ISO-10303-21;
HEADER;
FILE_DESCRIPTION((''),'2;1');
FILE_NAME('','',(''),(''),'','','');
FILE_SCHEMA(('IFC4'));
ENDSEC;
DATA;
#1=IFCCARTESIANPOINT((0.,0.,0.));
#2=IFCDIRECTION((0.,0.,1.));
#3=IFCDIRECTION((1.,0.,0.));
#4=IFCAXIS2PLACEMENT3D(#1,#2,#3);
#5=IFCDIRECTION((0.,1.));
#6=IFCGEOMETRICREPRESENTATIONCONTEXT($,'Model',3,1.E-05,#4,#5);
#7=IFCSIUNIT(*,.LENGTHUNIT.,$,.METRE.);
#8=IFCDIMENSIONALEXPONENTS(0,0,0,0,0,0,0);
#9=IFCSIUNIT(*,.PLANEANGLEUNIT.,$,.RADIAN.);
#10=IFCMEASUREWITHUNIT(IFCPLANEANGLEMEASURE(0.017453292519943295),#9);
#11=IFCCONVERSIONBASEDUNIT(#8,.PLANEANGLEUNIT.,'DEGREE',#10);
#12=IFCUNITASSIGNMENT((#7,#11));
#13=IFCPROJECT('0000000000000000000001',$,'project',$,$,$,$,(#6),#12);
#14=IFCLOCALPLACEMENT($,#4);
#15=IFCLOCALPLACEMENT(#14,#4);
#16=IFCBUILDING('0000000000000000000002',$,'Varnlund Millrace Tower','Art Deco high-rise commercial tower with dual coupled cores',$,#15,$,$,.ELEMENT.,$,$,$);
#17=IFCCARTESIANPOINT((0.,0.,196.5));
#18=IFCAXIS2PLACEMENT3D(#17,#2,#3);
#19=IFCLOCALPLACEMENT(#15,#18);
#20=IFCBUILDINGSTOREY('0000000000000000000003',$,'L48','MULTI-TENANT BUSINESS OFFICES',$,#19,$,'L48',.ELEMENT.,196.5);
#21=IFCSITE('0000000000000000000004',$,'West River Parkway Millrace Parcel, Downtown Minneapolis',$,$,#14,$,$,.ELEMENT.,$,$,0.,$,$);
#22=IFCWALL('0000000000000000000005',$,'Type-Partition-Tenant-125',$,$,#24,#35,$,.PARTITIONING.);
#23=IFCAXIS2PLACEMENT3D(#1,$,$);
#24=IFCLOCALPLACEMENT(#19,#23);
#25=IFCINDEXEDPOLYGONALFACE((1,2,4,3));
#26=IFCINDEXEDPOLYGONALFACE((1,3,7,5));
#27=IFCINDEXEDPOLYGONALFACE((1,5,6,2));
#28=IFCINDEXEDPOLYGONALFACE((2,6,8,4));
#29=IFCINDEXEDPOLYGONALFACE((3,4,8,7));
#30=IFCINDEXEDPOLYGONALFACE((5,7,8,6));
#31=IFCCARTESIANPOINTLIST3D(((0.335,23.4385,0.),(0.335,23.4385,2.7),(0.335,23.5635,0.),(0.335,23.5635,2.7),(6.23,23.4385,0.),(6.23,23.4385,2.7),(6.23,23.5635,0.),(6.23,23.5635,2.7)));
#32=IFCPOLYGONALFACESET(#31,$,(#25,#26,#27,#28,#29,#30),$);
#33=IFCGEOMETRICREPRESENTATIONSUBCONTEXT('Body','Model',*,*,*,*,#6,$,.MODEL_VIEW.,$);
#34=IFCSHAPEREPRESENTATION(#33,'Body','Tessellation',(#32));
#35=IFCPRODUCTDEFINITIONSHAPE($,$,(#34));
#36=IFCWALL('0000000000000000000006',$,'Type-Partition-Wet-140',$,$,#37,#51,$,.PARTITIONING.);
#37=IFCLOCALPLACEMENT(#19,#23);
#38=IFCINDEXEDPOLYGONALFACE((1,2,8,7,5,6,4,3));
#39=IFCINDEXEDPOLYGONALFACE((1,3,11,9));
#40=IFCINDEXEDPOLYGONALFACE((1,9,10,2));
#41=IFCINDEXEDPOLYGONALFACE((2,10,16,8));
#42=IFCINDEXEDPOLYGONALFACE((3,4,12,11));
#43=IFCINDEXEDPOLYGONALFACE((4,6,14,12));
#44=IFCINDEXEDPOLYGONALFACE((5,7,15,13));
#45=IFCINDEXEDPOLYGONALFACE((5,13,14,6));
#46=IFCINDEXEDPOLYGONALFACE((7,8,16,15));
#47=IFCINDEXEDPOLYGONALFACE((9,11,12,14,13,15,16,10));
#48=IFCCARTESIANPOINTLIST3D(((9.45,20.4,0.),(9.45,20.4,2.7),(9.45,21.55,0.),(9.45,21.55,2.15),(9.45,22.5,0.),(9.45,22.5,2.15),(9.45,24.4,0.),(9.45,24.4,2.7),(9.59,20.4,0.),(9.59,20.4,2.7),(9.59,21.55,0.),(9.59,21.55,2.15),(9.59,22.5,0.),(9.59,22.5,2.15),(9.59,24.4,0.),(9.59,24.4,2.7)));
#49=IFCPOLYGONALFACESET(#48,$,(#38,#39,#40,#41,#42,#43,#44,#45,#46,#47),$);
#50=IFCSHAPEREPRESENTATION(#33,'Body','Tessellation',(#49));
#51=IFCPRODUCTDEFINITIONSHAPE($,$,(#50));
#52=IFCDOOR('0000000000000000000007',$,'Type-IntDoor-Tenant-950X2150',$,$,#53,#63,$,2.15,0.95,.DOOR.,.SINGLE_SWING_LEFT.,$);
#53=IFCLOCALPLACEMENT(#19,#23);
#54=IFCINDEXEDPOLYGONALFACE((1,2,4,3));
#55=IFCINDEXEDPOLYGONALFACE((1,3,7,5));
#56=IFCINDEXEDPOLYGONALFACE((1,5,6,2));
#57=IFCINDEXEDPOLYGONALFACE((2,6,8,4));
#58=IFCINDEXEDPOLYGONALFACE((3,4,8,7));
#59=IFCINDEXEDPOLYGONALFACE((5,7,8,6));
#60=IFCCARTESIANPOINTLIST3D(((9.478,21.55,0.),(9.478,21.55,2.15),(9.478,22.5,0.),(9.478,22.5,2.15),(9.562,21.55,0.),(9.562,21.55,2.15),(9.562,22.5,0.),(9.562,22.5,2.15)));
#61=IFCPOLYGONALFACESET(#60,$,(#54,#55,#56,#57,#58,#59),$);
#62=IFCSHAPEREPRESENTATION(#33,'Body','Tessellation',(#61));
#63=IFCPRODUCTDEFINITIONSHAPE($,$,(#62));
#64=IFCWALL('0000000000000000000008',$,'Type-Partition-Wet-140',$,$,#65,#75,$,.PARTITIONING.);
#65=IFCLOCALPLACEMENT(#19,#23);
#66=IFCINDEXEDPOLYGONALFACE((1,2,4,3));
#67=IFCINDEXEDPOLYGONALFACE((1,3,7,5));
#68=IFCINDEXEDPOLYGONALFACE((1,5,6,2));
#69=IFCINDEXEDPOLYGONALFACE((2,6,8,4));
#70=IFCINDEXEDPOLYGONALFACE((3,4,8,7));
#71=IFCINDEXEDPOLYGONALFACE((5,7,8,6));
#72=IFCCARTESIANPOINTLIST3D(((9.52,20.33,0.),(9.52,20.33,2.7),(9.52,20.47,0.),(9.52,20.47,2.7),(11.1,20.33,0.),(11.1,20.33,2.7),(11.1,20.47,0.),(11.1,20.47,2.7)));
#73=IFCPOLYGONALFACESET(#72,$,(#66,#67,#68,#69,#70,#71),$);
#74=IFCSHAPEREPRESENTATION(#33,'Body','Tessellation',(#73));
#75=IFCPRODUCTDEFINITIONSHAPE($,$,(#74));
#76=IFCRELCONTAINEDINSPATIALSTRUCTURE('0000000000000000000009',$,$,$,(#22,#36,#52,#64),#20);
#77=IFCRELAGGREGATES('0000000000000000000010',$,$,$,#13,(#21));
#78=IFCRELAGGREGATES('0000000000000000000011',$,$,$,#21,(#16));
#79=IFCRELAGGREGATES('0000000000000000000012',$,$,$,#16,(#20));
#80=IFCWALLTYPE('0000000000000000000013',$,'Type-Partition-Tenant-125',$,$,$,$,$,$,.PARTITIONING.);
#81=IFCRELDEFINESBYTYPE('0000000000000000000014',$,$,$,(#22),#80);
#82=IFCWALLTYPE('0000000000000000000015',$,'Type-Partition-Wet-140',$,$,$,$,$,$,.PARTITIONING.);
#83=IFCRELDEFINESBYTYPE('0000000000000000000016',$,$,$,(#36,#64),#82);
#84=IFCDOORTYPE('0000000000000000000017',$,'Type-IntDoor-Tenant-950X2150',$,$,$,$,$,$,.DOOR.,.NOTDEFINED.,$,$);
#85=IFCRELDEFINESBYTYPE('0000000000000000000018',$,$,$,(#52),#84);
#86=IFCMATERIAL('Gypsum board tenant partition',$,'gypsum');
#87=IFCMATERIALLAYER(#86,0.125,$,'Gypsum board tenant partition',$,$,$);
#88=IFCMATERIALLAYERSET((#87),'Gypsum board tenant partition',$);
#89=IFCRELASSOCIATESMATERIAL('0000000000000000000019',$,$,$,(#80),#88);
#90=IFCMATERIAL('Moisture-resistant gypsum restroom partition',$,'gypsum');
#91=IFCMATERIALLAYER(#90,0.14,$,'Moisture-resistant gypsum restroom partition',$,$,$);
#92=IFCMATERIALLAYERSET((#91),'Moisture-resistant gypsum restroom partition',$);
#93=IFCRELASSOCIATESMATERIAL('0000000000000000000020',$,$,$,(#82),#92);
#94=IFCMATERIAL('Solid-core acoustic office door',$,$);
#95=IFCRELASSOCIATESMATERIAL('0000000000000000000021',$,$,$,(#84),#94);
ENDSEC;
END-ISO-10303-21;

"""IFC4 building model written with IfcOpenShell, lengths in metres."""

from ifc_helpers import new_model, entity, si_unit, converted_unit, direction, frame, origin_with_axes, origin_2d_with_axis, place, context, subcontext, project, spatial, polyline, rectangle, outline, extrude, material, layer, layer_set, type_object, element, fill, save


model = new_model("IFC4")

# Units and contexts
model_context = context("Model", 3, precision=1e-05, world=origin_with_axes(), true_north=direction((0.0, 1.0)))
body_context = subcontext(model_context, "Body", "Model", "MODEL_VIEW")
ifc_project = project(units=[si_unit("LENGTHUNIT", "METRE"), converted_unit("PLANEANGLEUNIT", "DEGREE", entity("IfcPlaneAngleMeasure", 0.017453292519943295), si_unit("PLANEANGLEUNIT", "RADIAN"), dimensions=[0, 0, 0, 0, 0, 0, 0])], contexts=[model_context])

# Site, building, storey
site_placement = place(None, origin_with_axes())
site = spatial("IfcSite", under=ifc_project, at=site_placement, Name="West River Parkway Millrace Parcel, Downtown Minneapolis", CompositionType="ELEMENT", RefElevation=0.0)
building_placement = place(site_placement, origin_with_axes())
building = spatial("IfcBuilding", under=site, at=building_placement, Name="Varnlund Millrace Tower", Description="Art Deco high-rise commercial tower with dual coupled cores", CompositionType="ELEMENT")
storey_placement = place(building_placement, frame((0.0, 0.0, 196.5), z_axis=(0.0, 0.0, 1.0), x_axis=(1.0, 0.0, 0.0)))
storey = spatial("IfcBuildingStorey", under=building, at=storey_placement, Name="L48", Description="MULTI-TENANT BUSINESS OFFICES", LongName="L48", CompositionType="ELEMENT", Elevation=196.5)

# Wall
ifc_material_1 = material(Name="Gypsum board tenant partition", Category="gypsum")
ifc_layer_1 = layer(ifc_material_1, 0.125, Name="Gypsum board tenant partition")
ifc_layer_set_1 = layer_set([ifc_layer_1], Name="Gypsum board tenant partition")
wall_type_1 = type_object("IfcWallType", Name="Type-Partition-Tenant-125", PredefinedType="PARTITIONING", material=ifc_layer_set_1)
for number, where, z_axis, x_axis, name in (
    (1, (0.335, 23.501, 0.0), (0.0, 0.0, 1.0), (1.0, 0.0, 0.0), "Type-Partition-Tenant-125"),
):
    element("IfcWall", number, at=place(storey_placement, frame(where, z_axis=z_axis, x_axis=x_axis)), inside=storey, type_object=wall_type_1, Name=name, PredefinedType="PARTITIONING", context=body_context, shape_type="SweptSolid", body=[
        extrude(outline(polyline([(0.0, -0.0625), (5.895, -0.0625), (5.895, 0.0625), (0.0, 0.0625), (0.0, -0.0625)])), origin_with_axes(), (0.0, 0.0, 1.0), 2.7),
    ])

# Wall, opening, door
ifc_material_2 = material(Name="Moisture-resistant gypsum restroom partition", Category="gypsum")
ifc_layer_2 = layer(ifc_material_2, 0.14, Name="Moisture-resistant gypsum restroom partition")
ifc_layer_set_2 = layer_set([ifc_layer_2], Name="Moisture-resistant gypsum restroom partition")
wall_type_2 = type_object("IfcWallType", Name="Type-Partition-Wet-140", PredefinedType="PARTITIONING", material=ifc_layer_set_2)
wall_1_placement = place(storey_placement, frame((9.52, 20.4, 0.0), z_axis=(0.0, 0.0, 1.0), x_axis=(0.0, 1.0, 0.0)))
wall_1 = element("IfcWall", 2, at=wall_1_placement, inside=storey, type_object=wall_type_2, Name="Type-Partition-Wet-140", PredefinedType="PARTITIONING", context=body_context, shape_type="SweptSolid", body=[
    extrude(outline(polyline([(0.0, -0.07), (4.0, -0.07), (4.0, 0.07), (0.0, 0.07), (0.0, -0.07)])), origin_with_axes(), (0.0, 0.0, 1.0), 2.7),
])
opening_1_placement = place(wall_1_placement, frame((1.625, 0.0, 0.0), z_axis=(0.0, 0.0, 1.0), x_axis=(1.0, 0.0, 0.0)))
opening_1 = element("IfcOpeningElement", 3, at=opening_1_placement, cuts=wall_1, PredefinedType="OPENING", context=body_context, shape_type="SweptSolid", body=[
    extrude(rectangle(XDim=0.95, YDim=0.16, at=origin_2d_with_axis()), origin_with_axes(), (0.0, 0.0, 1.0), 2.15),
])
ifc_material_3 = material(Name="Solid-core acoustic office door")
door_type_1 = type_object("IfcDoorType", Name="Type-IntDoor-Tenant-950X2150", OperationType="NOTDEFINED", PredefinedType="DOOR", material=ifc_material_3)
door_1_placement = place(wall_1_placement, frame((1.625, 0.0, 0.0), z_axis=(0.0, 0.0, 1.0), x_axis=(1.0, 0.0, 0.0)))
door_1 = element("IfcDoor", 4, at=door_1_placement, inside=storey, type_object=door_type_1, Name="Type-IntDoor-Tenant-950X2150", OperationType="SINGLE_SWING_LEFT", OverallHeight=2.15, OverallWidth=0.95, PredefinedType="DOOR", context=body_context, shape_type="SweptSolid", body=[
    extrude(rectangle(XDim=0.95, YDim=0.084, at=origin_2d_with_axis()), origin_with_axes(), (0.0, 0.0, 1.0), 2.15),
])
fill(opening_1, door_1)

# Wall
wall_2_placement = place(storey_placement, frame((9.52, 20.4, 0.0), z_axis=(0.0, 0.0, 1.0), x_axis=(1.0, 0.0, 0.0)))
element("IfcWall", 5, at=wall_2_placement, inside=storey, type_object=wall_type_2, Name="Type-Partition-Wet-140", PredefinedType="PARTITIONING", context=body_context, shape_type="SweptSolid", body=[
    extrude(outline(polyline([(0.0, -0.07), (1.58, -0.07), (1.58, 0.07), (0.0, 0.07), (0.0, -0.07)])), origin_with_axes(), (0.0, 0.0, 1.0), 2.7),
])

save(model, "model.ifc")
